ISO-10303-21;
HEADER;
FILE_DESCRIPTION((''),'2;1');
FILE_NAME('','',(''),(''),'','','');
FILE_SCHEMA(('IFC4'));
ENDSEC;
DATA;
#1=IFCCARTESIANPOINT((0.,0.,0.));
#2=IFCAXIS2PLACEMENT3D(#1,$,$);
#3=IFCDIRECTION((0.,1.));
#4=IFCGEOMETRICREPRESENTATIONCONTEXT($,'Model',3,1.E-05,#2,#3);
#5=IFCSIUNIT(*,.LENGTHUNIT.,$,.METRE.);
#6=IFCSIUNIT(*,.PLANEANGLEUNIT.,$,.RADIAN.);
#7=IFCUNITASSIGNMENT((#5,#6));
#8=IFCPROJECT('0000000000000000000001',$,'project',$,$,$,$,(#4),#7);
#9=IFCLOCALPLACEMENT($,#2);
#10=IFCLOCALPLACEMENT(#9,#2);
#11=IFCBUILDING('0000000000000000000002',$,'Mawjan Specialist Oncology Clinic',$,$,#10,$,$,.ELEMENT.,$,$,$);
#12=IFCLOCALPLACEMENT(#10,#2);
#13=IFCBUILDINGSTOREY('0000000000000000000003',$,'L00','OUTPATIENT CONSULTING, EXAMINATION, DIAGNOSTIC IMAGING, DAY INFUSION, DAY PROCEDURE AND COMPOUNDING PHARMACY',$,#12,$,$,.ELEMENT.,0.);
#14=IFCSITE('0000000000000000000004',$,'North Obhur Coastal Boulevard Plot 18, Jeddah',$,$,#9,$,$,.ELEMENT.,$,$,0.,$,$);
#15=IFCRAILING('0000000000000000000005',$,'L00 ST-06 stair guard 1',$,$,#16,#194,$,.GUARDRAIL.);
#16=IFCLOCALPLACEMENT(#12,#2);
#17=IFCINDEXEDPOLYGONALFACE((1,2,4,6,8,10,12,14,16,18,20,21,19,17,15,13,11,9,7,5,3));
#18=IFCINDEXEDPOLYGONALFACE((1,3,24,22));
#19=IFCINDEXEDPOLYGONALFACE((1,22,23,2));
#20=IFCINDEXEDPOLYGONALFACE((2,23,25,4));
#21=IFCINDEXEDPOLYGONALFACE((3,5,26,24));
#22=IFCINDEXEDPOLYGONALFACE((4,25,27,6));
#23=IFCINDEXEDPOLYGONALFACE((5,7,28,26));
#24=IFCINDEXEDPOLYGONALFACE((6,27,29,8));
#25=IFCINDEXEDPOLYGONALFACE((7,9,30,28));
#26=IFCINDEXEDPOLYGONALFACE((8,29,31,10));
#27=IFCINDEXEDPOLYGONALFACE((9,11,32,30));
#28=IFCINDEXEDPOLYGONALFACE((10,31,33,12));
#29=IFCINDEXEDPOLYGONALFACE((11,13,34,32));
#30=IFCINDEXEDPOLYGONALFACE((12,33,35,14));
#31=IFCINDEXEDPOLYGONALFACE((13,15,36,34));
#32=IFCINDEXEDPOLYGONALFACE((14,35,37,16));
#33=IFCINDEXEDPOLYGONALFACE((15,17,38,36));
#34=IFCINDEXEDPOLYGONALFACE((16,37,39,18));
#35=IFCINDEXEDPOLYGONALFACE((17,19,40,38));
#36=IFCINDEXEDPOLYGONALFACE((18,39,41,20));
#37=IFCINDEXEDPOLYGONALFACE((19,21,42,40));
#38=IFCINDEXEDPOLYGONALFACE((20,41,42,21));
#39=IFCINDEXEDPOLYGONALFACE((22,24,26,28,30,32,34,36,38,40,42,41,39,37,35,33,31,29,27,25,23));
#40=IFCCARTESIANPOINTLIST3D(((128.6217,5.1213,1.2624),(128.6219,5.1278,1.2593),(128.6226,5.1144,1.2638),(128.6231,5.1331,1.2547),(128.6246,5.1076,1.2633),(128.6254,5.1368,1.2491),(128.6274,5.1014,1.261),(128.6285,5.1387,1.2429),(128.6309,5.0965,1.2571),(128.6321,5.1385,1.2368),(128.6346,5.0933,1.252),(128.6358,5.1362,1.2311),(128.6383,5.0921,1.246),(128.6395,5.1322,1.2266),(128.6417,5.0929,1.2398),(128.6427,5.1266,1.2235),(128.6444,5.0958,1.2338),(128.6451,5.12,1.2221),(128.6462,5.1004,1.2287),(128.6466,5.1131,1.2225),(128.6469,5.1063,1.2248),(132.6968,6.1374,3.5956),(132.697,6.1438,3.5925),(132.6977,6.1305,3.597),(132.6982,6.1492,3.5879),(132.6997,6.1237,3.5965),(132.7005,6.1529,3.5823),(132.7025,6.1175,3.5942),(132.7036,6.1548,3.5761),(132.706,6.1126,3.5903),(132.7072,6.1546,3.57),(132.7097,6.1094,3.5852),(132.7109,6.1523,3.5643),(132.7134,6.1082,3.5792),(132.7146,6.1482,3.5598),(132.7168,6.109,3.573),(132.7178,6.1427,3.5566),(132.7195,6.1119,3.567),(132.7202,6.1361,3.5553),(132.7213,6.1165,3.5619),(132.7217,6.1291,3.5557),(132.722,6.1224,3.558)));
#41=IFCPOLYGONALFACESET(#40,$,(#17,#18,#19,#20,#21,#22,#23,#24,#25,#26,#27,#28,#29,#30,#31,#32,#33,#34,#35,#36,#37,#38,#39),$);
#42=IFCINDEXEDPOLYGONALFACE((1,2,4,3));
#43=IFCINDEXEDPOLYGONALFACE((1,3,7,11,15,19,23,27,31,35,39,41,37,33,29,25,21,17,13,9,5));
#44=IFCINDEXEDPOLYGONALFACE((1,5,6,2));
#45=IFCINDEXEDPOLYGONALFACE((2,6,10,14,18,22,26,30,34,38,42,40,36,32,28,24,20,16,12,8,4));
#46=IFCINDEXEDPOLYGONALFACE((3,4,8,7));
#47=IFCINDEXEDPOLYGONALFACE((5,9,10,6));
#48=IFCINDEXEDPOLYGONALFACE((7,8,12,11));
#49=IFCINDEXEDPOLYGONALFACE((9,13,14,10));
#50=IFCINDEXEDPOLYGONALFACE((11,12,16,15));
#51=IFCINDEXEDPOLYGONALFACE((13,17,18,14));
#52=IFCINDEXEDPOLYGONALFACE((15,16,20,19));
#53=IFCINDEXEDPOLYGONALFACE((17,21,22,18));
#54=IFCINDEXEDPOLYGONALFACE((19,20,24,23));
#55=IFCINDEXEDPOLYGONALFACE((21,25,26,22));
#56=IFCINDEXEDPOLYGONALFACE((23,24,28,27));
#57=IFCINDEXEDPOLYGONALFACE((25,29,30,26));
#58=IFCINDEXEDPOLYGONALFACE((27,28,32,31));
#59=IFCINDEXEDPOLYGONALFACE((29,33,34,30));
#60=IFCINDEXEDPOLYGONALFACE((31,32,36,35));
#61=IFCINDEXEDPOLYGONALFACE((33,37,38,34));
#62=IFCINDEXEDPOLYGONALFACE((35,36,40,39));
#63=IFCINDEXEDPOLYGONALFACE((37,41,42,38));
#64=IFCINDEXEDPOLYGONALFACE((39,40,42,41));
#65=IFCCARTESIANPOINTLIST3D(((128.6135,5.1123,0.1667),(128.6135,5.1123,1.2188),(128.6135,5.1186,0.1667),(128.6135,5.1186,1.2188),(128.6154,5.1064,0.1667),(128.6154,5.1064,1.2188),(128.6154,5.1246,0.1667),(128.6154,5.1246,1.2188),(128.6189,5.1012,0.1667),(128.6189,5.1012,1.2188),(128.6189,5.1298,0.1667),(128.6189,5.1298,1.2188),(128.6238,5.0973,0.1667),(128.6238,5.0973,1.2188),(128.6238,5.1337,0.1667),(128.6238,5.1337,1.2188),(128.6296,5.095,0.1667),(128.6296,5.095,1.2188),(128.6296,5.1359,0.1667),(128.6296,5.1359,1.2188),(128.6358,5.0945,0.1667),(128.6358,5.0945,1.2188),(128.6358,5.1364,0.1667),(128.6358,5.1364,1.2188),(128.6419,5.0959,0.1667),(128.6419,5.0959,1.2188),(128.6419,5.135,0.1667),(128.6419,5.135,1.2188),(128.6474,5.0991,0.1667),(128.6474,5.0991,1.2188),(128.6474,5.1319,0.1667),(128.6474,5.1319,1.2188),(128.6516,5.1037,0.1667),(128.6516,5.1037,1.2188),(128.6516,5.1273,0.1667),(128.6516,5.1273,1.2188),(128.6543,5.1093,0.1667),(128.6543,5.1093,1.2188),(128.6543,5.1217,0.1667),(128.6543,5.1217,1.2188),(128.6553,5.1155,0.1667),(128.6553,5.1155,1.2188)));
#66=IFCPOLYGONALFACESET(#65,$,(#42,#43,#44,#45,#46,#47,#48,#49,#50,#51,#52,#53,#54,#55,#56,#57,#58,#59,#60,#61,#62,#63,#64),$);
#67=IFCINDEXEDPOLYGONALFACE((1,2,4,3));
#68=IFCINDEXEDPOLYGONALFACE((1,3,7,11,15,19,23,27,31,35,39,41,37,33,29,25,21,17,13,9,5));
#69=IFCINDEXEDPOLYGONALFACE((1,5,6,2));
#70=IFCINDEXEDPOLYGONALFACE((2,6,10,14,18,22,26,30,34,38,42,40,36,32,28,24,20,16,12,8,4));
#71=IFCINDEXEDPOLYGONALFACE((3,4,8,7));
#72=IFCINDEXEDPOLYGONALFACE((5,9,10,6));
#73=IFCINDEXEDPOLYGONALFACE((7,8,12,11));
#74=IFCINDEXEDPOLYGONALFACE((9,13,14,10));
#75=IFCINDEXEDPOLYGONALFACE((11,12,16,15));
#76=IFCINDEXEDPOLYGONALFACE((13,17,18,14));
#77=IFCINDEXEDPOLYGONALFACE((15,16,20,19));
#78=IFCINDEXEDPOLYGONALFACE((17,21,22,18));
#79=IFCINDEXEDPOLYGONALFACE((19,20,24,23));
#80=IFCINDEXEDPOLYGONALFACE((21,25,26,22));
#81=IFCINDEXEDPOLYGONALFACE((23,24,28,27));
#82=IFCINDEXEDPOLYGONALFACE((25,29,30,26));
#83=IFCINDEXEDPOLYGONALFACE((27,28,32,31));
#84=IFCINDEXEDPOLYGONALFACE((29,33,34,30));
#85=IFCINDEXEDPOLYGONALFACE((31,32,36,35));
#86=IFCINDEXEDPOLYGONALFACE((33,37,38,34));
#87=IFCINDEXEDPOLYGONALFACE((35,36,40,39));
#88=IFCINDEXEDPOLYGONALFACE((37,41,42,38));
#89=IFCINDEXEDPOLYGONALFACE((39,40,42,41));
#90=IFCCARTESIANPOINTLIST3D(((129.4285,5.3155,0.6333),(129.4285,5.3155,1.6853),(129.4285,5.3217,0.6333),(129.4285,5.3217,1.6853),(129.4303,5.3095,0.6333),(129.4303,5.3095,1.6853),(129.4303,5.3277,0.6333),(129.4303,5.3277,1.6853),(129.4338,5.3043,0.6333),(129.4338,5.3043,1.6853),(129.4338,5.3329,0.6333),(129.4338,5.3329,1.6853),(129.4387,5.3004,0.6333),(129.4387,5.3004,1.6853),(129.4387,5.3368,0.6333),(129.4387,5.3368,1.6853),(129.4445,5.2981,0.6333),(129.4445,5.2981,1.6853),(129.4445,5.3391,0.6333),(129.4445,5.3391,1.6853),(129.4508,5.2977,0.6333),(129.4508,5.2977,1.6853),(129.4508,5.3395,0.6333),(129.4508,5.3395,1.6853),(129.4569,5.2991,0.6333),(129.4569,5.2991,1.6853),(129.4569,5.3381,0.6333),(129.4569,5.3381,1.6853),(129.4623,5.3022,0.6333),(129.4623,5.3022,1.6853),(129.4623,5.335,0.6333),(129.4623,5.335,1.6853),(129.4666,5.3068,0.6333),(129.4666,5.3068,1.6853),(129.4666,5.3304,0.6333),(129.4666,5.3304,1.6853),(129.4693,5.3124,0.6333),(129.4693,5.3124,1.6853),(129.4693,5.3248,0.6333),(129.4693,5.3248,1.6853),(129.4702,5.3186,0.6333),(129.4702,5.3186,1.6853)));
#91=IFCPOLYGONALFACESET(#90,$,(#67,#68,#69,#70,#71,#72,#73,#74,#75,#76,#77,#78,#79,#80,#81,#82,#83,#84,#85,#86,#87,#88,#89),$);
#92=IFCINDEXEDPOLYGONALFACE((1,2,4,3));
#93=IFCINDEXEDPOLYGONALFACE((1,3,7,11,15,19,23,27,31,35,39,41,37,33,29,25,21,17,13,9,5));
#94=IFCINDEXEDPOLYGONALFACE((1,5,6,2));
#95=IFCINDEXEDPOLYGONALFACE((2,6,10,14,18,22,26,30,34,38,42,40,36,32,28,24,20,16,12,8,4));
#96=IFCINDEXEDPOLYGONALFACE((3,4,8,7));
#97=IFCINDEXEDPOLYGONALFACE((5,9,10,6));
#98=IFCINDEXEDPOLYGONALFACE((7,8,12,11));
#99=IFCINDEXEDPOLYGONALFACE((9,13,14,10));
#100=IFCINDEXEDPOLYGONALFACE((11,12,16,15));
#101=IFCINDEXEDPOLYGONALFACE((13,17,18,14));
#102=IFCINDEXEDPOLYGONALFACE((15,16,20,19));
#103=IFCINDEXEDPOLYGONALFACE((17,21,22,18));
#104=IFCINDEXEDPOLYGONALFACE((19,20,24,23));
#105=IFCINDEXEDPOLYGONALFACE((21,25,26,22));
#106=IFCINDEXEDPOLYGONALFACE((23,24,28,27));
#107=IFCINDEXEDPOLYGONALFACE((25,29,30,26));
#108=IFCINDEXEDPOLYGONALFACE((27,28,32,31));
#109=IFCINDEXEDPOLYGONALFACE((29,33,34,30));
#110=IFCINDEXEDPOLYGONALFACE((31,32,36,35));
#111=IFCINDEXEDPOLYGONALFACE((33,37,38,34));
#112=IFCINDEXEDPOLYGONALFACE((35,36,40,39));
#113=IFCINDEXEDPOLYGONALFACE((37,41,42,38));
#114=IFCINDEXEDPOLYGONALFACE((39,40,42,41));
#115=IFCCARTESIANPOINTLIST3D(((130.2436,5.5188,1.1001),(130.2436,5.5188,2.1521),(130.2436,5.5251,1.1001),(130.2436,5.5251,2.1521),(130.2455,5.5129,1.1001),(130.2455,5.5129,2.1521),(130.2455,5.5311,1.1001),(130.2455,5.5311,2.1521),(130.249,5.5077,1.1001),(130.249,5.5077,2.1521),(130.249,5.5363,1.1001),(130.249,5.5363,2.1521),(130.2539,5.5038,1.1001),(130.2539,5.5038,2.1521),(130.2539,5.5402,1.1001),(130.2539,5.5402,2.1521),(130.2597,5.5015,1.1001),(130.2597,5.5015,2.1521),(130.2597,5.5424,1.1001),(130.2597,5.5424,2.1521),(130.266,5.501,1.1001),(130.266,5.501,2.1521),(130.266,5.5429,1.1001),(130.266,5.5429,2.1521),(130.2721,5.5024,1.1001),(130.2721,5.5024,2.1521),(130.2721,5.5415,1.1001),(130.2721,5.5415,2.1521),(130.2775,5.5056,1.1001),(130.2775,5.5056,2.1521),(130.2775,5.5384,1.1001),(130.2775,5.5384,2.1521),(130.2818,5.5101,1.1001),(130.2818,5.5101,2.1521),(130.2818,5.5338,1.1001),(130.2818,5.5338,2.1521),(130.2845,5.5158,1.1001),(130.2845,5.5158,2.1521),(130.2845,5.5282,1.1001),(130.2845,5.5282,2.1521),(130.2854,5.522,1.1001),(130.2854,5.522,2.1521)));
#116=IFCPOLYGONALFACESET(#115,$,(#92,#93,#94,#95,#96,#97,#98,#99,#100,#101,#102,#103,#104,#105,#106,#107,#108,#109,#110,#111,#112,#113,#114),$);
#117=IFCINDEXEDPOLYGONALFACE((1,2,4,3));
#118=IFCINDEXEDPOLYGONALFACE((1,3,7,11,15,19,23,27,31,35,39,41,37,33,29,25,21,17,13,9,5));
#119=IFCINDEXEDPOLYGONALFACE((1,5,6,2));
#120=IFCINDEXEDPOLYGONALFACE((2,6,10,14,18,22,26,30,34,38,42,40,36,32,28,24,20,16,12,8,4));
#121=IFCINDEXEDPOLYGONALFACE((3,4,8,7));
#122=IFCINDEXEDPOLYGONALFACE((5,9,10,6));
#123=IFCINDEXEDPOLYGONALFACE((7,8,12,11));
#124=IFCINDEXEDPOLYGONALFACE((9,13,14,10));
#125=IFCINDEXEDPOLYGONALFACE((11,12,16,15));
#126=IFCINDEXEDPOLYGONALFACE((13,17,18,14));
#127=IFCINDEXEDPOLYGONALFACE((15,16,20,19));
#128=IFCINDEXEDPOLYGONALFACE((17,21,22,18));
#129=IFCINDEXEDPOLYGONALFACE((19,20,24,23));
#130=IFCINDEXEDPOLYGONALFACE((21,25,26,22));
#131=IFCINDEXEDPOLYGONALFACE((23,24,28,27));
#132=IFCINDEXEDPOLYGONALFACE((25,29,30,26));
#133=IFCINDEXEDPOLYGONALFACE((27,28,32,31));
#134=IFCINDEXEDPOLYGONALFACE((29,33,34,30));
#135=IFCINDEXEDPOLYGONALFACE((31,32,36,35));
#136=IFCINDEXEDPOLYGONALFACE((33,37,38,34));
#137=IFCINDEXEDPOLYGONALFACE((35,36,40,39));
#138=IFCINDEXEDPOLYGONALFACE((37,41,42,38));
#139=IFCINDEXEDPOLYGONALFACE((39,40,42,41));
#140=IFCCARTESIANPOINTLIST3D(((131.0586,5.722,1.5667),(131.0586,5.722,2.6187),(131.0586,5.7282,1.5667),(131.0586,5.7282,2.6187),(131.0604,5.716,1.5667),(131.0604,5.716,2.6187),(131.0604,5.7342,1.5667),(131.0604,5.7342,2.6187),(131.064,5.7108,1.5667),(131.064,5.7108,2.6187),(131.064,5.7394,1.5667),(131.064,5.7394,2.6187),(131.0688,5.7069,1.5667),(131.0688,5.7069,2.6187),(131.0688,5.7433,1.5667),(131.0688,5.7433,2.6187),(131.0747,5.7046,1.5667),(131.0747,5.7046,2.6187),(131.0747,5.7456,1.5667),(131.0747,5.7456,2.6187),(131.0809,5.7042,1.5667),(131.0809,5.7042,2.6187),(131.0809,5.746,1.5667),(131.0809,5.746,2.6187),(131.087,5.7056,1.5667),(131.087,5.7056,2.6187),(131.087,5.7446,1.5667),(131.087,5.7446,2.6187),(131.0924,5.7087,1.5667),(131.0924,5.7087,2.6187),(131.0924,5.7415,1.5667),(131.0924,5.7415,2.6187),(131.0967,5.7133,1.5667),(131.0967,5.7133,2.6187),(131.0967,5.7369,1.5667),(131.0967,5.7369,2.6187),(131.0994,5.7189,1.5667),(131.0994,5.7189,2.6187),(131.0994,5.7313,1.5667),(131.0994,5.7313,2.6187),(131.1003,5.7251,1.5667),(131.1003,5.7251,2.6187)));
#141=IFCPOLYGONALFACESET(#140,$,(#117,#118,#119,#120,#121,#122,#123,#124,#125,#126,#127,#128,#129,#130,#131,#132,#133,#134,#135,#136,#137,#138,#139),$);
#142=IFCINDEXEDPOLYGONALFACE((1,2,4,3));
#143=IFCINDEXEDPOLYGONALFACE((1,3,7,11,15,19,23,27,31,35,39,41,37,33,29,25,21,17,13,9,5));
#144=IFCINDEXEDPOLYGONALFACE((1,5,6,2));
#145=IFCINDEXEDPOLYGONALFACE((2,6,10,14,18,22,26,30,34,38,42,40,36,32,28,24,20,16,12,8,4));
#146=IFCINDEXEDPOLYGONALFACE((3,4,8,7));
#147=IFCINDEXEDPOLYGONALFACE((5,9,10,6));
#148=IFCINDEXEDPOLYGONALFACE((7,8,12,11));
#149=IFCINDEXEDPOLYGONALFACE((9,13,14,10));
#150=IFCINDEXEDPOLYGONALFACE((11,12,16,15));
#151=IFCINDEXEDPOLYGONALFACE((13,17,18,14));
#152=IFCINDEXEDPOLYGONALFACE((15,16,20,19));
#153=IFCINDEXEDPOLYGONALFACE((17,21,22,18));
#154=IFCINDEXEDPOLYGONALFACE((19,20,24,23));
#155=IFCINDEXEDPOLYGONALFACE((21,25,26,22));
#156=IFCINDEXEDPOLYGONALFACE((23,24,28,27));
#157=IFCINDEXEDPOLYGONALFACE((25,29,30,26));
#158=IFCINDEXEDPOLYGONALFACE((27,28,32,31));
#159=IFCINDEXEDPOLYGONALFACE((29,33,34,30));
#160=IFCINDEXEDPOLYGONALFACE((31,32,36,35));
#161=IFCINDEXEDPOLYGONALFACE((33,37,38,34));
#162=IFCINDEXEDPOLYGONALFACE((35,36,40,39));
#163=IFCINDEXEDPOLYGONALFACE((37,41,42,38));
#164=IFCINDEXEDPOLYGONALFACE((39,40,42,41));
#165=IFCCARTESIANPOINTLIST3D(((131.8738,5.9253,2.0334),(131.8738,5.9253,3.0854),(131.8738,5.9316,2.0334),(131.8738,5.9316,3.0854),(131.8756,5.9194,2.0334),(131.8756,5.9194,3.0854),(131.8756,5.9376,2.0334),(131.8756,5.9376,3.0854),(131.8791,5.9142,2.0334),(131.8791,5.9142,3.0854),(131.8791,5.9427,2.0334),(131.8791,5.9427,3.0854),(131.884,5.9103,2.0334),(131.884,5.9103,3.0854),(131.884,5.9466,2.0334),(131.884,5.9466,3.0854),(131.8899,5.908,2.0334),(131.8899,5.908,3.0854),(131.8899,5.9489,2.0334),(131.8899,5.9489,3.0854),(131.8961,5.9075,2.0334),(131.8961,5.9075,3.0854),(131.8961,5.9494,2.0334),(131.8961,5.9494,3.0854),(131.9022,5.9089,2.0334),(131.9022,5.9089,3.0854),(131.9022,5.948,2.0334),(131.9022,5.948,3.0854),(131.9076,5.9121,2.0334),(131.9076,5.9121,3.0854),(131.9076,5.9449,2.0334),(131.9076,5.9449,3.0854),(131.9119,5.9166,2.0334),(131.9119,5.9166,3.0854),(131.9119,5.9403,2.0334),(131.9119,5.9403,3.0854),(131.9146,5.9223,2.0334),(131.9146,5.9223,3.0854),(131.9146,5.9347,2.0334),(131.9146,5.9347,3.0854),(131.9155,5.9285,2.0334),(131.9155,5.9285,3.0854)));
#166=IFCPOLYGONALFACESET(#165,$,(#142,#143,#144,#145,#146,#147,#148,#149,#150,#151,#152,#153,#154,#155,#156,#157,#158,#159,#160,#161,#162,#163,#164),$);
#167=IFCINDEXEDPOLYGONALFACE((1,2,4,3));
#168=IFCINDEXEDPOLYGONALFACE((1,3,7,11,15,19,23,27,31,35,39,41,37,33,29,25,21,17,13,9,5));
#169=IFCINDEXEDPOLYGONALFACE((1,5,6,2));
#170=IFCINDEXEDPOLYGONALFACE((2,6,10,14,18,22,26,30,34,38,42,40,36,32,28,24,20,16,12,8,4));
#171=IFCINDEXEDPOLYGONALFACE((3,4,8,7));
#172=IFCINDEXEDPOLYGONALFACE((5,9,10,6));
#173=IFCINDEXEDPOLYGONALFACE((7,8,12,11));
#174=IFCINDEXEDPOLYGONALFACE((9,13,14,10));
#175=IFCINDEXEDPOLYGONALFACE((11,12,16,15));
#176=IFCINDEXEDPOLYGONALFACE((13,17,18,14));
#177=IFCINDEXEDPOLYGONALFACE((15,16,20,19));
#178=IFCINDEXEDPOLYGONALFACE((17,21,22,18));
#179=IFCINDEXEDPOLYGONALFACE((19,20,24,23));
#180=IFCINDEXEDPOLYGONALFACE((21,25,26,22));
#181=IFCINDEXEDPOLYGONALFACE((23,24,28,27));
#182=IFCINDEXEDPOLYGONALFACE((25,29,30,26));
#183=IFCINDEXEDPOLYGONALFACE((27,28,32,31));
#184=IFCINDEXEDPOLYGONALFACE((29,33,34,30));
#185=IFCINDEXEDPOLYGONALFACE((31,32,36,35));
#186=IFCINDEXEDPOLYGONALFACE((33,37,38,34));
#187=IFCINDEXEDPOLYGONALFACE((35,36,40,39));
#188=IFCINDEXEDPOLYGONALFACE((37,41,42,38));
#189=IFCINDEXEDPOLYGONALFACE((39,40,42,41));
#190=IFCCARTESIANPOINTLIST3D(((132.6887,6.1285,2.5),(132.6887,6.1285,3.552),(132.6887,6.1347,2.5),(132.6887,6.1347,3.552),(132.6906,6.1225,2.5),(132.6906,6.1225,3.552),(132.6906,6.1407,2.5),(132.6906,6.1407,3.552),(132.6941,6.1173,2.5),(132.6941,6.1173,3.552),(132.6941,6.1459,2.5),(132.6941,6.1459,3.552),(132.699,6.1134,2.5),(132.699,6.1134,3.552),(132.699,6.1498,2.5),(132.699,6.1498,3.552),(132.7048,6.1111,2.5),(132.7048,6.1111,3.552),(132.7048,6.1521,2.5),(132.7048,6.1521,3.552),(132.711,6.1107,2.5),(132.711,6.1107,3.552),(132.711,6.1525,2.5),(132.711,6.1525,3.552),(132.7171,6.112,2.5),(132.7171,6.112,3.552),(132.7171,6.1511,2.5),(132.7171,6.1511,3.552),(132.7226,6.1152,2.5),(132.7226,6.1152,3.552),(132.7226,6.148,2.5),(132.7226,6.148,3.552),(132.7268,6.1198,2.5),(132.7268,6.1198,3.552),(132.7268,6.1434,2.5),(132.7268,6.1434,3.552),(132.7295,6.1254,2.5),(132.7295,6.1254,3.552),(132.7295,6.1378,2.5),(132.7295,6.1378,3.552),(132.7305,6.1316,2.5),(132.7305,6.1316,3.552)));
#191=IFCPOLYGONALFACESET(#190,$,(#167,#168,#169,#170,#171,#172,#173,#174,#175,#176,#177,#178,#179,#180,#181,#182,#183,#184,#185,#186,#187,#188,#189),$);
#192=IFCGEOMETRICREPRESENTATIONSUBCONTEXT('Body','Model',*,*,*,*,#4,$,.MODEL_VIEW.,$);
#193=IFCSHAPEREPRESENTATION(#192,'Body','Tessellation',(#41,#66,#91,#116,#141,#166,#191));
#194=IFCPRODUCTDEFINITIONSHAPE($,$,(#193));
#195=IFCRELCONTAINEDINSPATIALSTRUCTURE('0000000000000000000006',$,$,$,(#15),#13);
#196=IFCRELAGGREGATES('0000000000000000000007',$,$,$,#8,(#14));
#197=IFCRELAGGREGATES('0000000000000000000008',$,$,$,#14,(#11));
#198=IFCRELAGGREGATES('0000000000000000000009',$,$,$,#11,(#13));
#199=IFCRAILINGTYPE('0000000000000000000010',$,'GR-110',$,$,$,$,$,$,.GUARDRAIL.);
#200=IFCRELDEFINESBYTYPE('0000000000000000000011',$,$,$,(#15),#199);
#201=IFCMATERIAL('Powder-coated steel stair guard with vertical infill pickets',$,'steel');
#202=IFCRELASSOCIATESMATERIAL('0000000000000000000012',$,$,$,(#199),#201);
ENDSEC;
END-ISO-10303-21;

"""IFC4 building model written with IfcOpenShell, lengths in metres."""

from ifc_helpers import new_model, si_unit, direction, frame, origin, origin_2d, place, context, subcontext, project, spatial, circle, extrude, material, type_object, element, save


model = new_model("IFC4")

# Units and contexts
model_context = context("Model", 3, precision=1e-05, world=origin(), true_north=direction((0.0, 1.0)))
body_context = subcontext(model_context, "Body", "Model", "MODEL_VIEW")
ifc_project = project(units=[si_unit("LENGTHUNIT", "METRE"), si_unit("PLANEANGLEUNIT", "RADIAN")], contexts=[model_context])

# Site, building, storey
site_placement = place(None, origin())
site = spatial("IfcSite", under=ifc_project, at=site_placement, Name="North Obhur Coastal Boulevard Plot 18, Jeddah", CompositionType="ELEMENT", RefElevation=0.0)
building_placement = place(site_placement, origin())
building = spatial("IfcBuilding", under=site, at=building_placement, Name="Mawjan Specialist Oncology Clinic", CompositionType="ELEMENT")
storey_placement = place(building_placement, origin())
storey = spatial("IfcBuildingStorey", under=building, at=storey_placement, Name="L00", Description="OUTPATIENT CONSULTING, EXAMINATION, DIAGNOSTIC IMAGING, DAY INFUSION, DAY PROCEDURE AND COMPOUNDING PHARMACY", CompositionType="ELEMENT", Elevation=0.0)

# Railing
ifc_material_1 = material(Name="Powder-coated steel stair guard with vertical infill pickets", Category="steel")
railing_type = type_object("IfcRailingType", Name="GR-110", PredefinedType="GUARDRAIL", material=ifc_material_1)
railing_1_placement = place(storey_placement, frame((128.6343, 5.1155, 0.1667)))
element("IfcRailing", 1, at=railing_1_placement, inside=storey, type_object=railing_type, Name="L00 ST-06 stair guard 1", PredefinedType="GUARDRAIL", context=body_context, shape_type="SweptSolid", body=[
    extrude(circle(Radius=0.0239, at=origin_2d()), frame((0.0, 0.0, 1.0762), z_axis=(0.848194, 0.211489, 0.485633), x_axis=(-0.241934, 0.970293, 0.0)), (0.0, 0.0, 1.0), 4.8044),
    extrude(circle(Radius=0.021, at=origin_2d()), origin(), (0.0, 0.0, 1.0), 1.052),
    extrude(circle(Radius=0.021, at=origin_2d()), frame((0.8149, 0.2031, 0.4666)), (0.0, 0.0, 1.0), 1.052),
    extrude(circle(Radius=0.021, at=origin_2d()), frame((1.6301, 0.4065, 0.9333)), (0.0, 0.0, 1.0), 1.052),
    extrude(circle(Radius=0.021, at=origin_2d()), frame((2.4451, 0.6096, 1.3999)), (0.0, 0.0, 1.0), 1.052),
    extrude(circle(Radius=0.021, at=origin_2d()), frame((3.2603, 0.813, 1.8667)), (0.0, 0.0, 1.0), 1.052),
    extrude(circle(Radius=0.021, at=origin_2d()), frame((4.0752, 1.0161, 2.3333)), (0.0, 0.0, 1.0), 1.052),
])

save(model, "model.ifc")
